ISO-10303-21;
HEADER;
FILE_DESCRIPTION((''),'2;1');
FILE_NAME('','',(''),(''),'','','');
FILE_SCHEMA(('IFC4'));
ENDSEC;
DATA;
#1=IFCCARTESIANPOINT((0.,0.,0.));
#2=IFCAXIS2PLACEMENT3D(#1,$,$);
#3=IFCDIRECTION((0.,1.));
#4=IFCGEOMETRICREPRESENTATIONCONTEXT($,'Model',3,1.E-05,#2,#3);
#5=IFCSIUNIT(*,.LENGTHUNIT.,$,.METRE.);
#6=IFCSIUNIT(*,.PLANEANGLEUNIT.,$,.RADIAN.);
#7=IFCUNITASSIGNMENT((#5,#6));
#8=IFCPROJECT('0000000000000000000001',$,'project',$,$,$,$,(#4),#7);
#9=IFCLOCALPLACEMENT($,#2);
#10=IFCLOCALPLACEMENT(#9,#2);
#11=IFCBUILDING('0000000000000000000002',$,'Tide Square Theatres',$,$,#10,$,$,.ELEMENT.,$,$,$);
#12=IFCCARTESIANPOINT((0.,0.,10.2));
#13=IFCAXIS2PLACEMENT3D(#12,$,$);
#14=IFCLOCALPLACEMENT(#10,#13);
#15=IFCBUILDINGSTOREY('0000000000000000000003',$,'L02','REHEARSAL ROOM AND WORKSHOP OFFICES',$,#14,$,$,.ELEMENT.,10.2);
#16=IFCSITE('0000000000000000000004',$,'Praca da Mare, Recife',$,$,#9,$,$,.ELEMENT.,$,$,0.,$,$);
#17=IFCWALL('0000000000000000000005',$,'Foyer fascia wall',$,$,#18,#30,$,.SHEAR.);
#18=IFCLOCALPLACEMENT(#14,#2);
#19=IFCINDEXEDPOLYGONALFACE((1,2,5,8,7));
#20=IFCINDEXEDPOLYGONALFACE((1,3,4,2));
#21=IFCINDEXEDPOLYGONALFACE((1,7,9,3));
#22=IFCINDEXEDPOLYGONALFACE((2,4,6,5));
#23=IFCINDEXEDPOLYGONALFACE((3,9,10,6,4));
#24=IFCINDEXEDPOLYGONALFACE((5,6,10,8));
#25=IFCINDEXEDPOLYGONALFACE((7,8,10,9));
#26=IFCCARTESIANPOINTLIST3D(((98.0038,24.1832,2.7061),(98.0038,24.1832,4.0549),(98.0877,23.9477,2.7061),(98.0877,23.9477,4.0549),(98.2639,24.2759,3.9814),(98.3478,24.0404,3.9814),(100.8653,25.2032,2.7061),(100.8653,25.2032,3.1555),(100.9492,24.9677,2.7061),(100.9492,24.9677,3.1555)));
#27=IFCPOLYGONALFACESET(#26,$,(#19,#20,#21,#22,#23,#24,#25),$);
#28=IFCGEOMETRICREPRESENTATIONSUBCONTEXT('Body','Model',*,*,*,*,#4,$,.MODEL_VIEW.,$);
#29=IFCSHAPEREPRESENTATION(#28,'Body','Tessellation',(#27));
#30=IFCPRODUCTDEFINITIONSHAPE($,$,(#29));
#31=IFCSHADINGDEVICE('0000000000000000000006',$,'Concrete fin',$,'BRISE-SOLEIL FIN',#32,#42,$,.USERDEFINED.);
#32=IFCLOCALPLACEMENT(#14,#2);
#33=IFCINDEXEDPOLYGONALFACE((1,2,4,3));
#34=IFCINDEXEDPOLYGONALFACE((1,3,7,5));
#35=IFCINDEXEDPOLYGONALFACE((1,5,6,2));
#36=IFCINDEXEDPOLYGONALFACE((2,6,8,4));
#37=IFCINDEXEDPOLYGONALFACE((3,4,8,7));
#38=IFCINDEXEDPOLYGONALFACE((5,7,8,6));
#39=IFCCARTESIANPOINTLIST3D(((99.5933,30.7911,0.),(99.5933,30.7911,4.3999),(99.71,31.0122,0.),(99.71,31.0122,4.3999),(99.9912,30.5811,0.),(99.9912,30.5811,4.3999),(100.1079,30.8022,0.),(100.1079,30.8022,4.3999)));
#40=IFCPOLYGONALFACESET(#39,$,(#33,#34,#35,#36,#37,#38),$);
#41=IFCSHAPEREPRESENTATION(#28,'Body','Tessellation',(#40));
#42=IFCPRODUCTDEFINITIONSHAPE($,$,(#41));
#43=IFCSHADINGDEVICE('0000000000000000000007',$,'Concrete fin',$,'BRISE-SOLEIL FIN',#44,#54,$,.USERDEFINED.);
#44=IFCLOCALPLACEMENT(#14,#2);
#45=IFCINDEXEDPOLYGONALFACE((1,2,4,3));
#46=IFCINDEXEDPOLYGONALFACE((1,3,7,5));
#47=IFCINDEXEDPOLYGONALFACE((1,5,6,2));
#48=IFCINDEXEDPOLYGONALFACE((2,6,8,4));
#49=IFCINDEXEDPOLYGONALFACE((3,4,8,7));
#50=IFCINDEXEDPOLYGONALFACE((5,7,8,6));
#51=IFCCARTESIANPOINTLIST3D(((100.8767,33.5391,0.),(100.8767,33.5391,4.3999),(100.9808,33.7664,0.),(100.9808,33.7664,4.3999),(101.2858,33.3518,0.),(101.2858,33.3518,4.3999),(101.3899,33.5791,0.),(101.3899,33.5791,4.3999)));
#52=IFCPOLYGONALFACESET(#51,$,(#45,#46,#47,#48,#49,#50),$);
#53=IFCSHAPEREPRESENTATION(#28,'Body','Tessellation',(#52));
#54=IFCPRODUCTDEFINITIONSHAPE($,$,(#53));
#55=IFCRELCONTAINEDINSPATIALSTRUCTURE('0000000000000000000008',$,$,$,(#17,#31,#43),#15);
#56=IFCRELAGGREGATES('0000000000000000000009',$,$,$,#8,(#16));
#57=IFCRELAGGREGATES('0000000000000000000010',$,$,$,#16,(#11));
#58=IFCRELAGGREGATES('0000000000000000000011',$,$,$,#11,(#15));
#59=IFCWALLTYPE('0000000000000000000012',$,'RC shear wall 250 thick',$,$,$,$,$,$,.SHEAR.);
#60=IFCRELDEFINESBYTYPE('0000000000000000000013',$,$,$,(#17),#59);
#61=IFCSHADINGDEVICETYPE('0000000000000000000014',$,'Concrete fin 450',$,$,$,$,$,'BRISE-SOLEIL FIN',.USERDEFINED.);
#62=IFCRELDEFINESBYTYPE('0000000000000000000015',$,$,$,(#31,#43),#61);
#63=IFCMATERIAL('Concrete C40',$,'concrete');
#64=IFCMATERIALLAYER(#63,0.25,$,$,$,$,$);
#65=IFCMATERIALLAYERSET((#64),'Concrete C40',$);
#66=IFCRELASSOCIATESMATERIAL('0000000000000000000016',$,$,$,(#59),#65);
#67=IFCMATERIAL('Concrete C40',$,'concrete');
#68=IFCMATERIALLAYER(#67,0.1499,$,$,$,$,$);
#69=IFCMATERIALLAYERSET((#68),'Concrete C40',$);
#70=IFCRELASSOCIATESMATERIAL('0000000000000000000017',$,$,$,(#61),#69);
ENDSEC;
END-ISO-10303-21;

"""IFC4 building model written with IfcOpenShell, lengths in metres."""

from ifc_helpers import new_model, si_unit, direction, frame, origin, origin_2d, place, context, subcontext, project, spatial, polyline, rectangle, outline, extrude, material, layer, layer_set, type_object, element, save


model = new_model("IFC4")

# Units and contexts
model_context = context("Model", 3, precision=1e-05, world=origin(), true_north=direction((0.0, 1.0)))
body_context = subcontext(model_context, "Body", "Model", "MODEL_VIEW")
ifc_project = project(units=[si_unit("LENGTHUNIT", "METRE"), si_unit("PLANEANGLEUNIT", "RADIAN")], contexts=[model_context])

# Site, building, storey
site_placement = place(None, origin())
site = spatial("IfcSite", under=ifc_project, at=site_placement, Name="Praca da Mare, Recife", CompositionType="ELEMENT", RefElevation=0.0)
building_placement = place(site_placement, origin())
building = spatial("IfcBuilding", under=site, at=building_placement, Name="Tide Square Theatres", CompositionType="ELEMENT")
storey_placement = place(building_placement, frame((0.0, 0.0, 10.2)))
storey = spatial("IfcBuildingStorey", under=building, at=storey_placement, Name="L02", Description="REHEARSAL ROOM AND WORKSHOP OFFICES", CompositionType="ELEMENT", Elevation=10.2)

# Wall
ifc_material_1 = material(Name="Concrete C40", Category="concrete")
ifc_layer_1 = layer(ifc_material_1, 0.25)
ifc_layer_set_1 = layer_set([ifc_layer_1], Name="Concrete C40")
wall_type_1 = type_object("IfcWallType", Name="RC shear wall 250 thick", PredefinedType="SHEAR", material=ifc_layer_set_1)
wall_1_placement = place(storey_placement, frame((100.9072, 25.0854, 2.7061), z_axis=(0.0, 0.0, 1.0), x_axis=(-0.941947, -0.335761, 0.0)))
element("IfcWall", 1, at=wall_1_placement, inside=storey, type_object=wall_type_1, Name="Foyer fascia wall", PredefinedType="SHEAR", context=body_context, shape_type="SweptSolid", body=[
    extrude(outline(polyline([(0.0, 0.0), (3.0378, 0.0), (3.0378, 1.3489), (2.7617, 1.2754), (0.0, 0.4495), (0.0, 0.0)])), frame((0.0, 0.125, 0.0), z_axis=(0.0, -1.0, 0.0), x_axis=(1.0, 0.0, 0.0)), (0.0, 0.0, 1.0), 0.25),
])

# Shading devices
ifc_material_2 = material(Name="Concrete C40", Category="concrete")
ifc_layer_2 = layer(ifc_material_2, 0.1499)
ifc_layer_set_2 = layer_set([ifc_layer_2], Name="Concrete C40")
shading_device_type = type_object("IfcShadingDeviceType", Name="Concrete fin 450", ElementType="BRISE-SOLEIL FIN", PredefinedType="USERDEFINED", material=ifc_layer_set_2)
for number, where, z_axis, x_axis, name in (
    (2, (99.8506, 30.7966, 0.0), (0.0, 0.0, 1.0), (0.466757, 0.884386, 0.0), "Concrete fin"),
    (3, (101.1333, 33.5591, 0.0), (0.0, 0.0, 1.0), (0.416344, 0.909207, 0.0), "Concrete fin"),
):
    element("IfcShadingDevice", number, at=place(storey_placement, frame(where, z_axis=z_axis, x_axis=x_axis)), inside=storey, type_object=shading_device_type, Name=name, ObjectType="BRISE-SOLEIL FIN", PredefinedType="USERDEFINED", context=body_context, shape_type="SweptSolid", body=[
        extrude(rectangle(XDim=0.25, YDim=0.45, at=origin_2d()), origin(), (0.0, 0.0, 1.0), 4.3999),
    ])

save(model, "model.ifc")
